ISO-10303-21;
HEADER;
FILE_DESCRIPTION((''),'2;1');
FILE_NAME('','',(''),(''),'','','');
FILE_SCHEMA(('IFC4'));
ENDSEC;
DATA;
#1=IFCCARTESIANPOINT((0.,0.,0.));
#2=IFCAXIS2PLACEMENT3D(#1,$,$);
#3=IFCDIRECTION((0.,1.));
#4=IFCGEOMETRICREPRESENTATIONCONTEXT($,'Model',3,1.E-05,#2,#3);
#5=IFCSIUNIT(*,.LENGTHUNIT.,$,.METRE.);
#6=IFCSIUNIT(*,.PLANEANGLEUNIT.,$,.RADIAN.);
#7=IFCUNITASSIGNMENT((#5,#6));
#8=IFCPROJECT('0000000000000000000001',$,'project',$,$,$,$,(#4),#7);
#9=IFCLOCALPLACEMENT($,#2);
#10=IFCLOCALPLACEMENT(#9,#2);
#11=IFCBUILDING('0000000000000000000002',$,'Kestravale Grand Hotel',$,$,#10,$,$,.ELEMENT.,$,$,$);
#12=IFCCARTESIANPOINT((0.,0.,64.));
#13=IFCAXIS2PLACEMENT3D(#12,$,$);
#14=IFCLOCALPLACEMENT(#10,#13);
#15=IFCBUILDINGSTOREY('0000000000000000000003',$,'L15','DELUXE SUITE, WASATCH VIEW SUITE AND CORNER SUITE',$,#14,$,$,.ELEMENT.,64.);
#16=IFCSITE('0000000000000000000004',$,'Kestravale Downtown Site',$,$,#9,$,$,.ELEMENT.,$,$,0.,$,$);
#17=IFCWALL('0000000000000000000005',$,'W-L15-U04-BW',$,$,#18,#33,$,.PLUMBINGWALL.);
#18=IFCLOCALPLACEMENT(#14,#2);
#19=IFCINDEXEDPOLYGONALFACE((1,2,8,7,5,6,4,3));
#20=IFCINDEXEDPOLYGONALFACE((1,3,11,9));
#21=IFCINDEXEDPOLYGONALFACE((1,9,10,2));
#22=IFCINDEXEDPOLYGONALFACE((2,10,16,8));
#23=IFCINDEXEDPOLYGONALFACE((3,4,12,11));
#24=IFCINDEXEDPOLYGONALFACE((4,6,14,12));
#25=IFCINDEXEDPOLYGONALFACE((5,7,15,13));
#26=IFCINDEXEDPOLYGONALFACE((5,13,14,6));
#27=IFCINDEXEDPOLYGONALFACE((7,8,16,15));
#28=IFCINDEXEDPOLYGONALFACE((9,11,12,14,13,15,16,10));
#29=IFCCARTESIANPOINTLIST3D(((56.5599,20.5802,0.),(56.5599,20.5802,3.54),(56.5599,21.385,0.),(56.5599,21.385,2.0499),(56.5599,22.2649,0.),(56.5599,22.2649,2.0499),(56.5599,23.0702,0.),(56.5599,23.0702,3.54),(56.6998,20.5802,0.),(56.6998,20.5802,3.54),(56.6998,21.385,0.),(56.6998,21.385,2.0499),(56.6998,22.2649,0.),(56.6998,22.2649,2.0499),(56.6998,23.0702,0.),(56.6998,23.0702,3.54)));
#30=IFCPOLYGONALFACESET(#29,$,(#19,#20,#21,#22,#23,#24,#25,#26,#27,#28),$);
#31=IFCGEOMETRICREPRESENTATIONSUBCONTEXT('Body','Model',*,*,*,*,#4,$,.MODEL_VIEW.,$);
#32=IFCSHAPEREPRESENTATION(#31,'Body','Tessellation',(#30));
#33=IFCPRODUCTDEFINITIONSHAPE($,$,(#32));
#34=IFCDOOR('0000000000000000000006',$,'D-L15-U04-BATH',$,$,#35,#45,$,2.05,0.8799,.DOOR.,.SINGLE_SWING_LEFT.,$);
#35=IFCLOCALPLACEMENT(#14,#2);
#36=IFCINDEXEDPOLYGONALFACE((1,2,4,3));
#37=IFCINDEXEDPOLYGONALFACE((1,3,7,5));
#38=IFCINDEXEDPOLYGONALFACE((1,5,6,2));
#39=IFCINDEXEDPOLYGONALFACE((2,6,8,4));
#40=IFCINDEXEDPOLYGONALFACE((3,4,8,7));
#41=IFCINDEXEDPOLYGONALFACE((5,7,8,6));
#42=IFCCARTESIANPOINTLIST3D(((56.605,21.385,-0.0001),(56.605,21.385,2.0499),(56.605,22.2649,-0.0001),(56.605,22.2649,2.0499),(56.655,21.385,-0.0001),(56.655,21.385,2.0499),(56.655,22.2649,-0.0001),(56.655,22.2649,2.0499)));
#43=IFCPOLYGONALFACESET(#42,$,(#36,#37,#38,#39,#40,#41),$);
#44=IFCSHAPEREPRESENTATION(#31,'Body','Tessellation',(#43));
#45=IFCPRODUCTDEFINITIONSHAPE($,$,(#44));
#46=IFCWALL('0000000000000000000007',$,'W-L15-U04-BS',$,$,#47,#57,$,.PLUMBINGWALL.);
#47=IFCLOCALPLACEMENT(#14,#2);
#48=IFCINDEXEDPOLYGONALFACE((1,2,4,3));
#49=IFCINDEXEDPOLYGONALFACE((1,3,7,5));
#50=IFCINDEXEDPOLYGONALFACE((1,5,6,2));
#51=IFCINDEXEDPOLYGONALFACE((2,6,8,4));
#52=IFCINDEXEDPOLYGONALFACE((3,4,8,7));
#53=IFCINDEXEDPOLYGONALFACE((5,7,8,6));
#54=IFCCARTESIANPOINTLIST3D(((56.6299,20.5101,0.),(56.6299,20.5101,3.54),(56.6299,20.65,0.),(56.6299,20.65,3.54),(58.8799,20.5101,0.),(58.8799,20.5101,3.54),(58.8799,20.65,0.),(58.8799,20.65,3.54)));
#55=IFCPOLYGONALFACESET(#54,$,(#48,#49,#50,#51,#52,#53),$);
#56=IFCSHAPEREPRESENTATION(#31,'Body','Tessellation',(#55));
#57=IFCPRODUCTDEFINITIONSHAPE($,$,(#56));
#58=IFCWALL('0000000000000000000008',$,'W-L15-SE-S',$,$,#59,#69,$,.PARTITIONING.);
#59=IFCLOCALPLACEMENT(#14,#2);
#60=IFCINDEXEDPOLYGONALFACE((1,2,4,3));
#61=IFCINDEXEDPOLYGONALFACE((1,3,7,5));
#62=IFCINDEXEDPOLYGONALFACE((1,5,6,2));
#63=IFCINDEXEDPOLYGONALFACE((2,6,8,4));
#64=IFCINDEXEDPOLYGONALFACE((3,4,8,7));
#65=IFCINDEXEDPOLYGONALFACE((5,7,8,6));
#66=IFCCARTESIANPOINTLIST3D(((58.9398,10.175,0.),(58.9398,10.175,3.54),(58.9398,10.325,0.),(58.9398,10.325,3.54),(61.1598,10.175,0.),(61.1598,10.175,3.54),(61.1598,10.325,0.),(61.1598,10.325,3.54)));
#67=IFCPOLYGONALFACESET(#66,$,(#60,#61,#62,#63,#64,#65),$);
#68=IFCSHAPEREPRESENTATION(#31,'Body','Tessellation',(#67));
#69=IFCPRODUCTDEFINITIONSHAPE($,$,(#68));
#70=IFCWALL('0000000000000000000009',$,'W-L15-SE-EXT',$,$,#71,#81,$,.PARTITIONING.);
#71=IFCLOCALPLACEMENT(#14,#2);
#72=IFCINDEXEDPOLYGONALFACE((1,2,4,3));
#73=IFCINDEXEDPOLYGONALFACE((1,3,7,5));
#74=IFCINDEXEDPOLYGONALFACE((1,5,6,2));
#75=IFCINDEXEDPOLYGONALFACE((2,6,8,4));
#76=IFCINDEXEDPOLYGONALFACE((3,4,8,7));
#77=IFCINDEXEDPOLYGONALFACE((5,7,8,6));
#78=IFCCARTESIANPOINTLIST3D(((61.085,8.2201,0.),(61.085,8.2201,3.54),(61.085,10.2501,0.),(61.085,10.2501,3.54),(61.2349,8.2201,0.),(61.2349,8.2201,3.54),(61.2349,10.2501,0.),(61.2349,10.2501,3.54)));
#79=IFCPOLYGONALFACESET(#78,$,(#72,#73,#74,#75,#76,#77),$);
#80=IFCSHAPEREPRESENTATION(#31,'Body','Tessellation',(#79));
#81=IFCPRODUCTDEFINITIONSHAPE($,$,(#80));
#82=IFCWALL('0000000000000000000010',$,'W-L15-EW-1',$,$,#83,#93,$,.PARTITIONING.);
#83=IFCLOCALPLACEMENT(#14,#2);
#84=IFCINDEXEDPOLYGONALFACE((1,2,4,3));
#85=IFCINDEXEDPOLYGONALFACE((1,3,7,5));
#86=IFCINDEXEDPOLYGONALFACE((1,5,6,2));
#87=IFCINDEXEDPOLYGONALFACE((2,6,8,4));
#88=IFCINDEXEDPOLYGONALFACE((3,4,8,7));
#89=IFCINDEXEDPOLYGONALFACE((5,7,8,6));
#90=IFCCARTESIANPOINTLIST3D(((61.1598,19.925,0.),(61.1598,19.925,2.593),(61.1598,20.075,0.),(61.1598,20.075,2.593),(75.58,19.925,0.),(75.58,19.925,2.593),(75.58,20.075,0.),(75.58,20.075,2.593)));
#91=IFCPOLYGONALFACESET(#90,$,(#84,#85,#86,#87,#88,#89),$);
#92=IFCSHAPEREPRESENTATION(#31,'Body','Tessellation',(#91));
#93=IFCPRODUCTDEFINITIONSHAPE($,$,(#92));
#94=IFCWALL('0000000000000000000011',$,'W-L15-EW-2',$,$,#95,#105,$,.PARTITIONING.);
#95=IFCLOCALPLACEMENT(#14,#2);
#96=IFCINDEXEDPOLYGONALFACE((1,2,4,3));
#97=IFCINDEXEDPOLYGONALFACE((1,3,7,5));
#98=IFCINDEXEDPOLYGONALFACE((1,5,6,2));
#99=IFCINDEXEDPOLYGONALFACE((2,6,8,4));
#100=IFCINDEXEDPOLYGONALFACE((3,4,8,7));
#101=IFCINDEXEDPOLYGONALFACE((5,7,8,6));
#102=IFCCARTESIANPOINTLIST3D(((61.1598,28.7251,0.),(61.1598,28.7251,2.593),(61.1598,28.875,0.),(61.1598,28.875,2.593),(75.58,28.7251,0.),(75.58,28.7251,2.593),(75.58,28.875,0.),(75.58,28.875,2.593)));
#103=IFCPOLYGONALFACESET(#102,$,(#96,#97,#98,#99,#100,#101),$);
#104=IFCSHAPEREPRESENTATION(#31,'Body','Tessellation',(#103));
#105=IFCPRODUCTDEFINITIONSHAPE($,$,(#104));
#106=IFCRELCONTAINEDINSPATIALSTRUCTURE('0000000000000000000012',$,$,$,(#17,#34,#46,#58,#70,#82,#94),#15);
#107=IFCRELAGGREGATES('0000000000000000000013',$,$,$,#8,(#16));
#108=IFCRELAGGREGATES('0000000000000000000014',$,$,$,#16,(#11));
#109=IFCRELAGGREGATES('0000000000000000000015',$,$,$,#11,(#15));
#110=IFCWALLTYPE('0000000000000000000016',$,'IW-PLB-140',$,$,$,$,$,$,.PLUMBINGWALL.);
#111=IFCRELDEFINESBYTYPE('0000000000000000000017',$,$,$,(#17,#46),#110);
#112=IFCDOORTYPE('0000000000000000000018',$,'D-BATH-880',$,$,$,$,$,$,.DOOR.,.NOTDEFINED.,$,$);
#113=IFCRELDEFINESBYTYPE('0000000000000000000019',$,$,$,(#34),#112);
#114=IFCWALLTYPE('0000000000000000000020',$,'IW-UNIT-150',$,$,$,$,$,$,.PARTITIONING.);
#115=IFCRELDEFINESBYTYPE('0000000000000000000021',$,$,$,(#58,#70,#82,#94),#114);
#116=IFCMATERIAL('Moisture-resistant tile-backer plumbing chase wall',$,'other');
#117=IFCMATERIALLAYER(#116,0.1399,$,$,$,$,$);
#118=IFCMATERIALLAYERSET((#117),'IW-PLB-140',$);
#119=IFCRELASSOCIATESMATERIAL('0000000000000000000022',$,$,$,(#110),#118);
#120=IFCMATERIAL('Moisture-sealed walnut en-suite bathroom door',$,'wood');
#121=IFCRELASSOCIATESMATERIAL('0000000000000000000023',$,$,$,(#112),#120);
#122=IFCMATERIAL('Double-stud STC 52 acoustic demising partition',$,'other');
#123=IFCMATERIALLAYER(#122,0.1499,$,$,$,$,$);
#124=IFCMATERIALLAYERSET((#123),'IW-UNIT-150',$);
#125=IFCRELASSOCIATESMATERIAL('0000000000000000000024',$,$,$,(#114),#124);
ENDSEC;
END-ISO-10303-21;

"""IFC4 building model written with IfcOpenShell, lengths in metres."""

from ifc_helpers import new_model, si_unit, direction, frame, frame_2d, origin, place, context, subcontext, project, spatial, rectangle, extrude, material, layer, layer_set, type_object, element, fill, save


model = new_model("IFC4")

# Units and contexts
model_context = context("Model", 3, precision=1e-05, world=origin(), true_north=direction((0.0, 1.0)))
body_context = subcontext(model_context, "Body", "Model", "MODEL_VIEW")
ifc_project = project(units=[si_unit("LENGTHUNIT", "METRE"), si_unit("PLANEANGLEUNIT", "RADIAN")], contexts=[model_context])

# Site, building, storey
site_placement = place(None, origin())
site = spatial("IfcSite", under=ifc_project, at=site_placement, Name="Kestravale Downtown Site", CompositionType="ELEMENT", RefElevation=0.0)
building_placement = place(site_placement, origin())
building = spatial("IfcBuilding", under=site, at=building_placement, Name="Kestravale Grand Hotel", CompositionType="ELEMENT")
storey_placement = place(building_placement, frame((0.0, 0.0, 64.0)))
storey = spatial("IfcBuildingStorey", under=building, at=storey_placement, Name="L15", Description="DELUXE SUITE, WASATCH VIEW SUITE AND CORNER SUITE", CompositionType="ELEMENT", Elevation=64.0)

# Wall, opening, door
ifc_material_1 = material(Name="Moisture-resistant tile-backer plumbing chase wall", Category="other")
ifc_layer_1 = layer(ifc_material_1, 0.1399)
ifc_layer_set_1 = layer_set([ifc_layer_1], Name="IW-PLB-140")
wall_type_1 = type_object("IfcWallType", Name="IW-PLB-140", PredefinedType="PLUMBINGWALL", material=ifc_layer_set_1)
wall_1_placement = place(storey_placement, frame((56.6299, 20.5801, 0.0), z_axis=(0.0, 0.0, 1.0), x_axis=(0.0, 1.0, 0.0)))
wall_1 = element("IfcWall", 1, at=wall_1_placement, inside=storey, type_object=wall_type_1, Name="W-L15-U04-BW", PredefinedType="PLUMBINGWALL", context=body_context, shape_type="SweptSolid", body=[
    extrude(rectangle(XDim=2.49, YDim=0.1399, at=frame_2d((1.2451, 0.0))), origin(), (0.0, 0.0, 1.0), 3.54),
])
opening_1_placement = place(wall_1_placement, frame((0.8049, 0.0, 0.0)))
opening_1 = element("IfcOpeningElement", 2, at=opening_1_placement, cuts=wall_1, PredefinedType="OPENING", context=body_context, shape_type="SweptSolid", body=[
    extrude(rectangle(XDim=0.8799, YDim=2.05, at=frame_2d((0.4399, 1.0249))), frame((0.0, 0.0798, 0.0), z_axis=(0.0, -1.0, 0.0), x_axis=(1.0, 0.0, 0.0)), (0.0, 0.0, 1.0), 0.1599),
])
ifc_material_2 = material(Name="Moisture-sealed walnut en-suite bathroom door", Category="wood")
door_type_1 = type_object("IfcDoorType", Name="D-BATH-880", OperationType="NOTDEFINED", PredefinedType="DOOR", material=ifc_material_2)
door_1_placement = place(opening_1_placement, origin())
door_1 = element("IfcDoor", 3, at=door_1_placement, inside=storey, type_object=door_type_1, Name="D-L15-U04-BATH", OperationType="SINGLE_SWING_LEFT", OverallHeight=2.05, OverallWidth=0.8799, PredefinedType="DOOR", context=body_context, shape_type="SweptSolid", body=[
    extrude(rectangle(XDim=0.8799, YDim=2.05, at=frame_2d((0.4399, 1.0249))), frame((0.0, 0.0249, 0.0), z_axis=(0.0, -1.0, 0.0), x_axis=(1.0, 0.0, 0.0)), (0.0, 0.0, 1.0), 0.05),
])
fill(opening_1, door_1)

# Walls
wall_2_placement = place(storey_placement, frame((56.6299, 20.5801, 0.0), z_axis=(0.0, 0.0, 1.0), x_axis=(1.0, 0.0, 0.0)))
element("IfcWall", 4, at=wall_2_placement, inside=storey, type_object=wall_type_1, Name="W-L15-U04-BS", PredefinedType="PLUMBINGWALL", context=body_context, shape_type="SweptSolid", body=[
    extrude(rectangle(XDim=2.25, YDim=0.1399, at=frame_2d((1.125, 0.0))), origin(), (0.0, 0.0, 1.0), 3.54),
])
ifc_material_3 = material(Name="Double-stud STC 52 acoustic demising partition", Category="other")
ifc_layer_2 = layer(ifc_material_3, 0.1499)
ifc_layer_set_2 = layer_set([ifc_layer_2], Name="IW-UNIT-150")
wall_type_2 = type_object("IfcWallType", Name="IW-UNIT-150", PredefinedType="PARTITIONING", material=ifc_layer_set_2)
wall_3_placement = place(storey_placement, frame((58.9399, 10.25, 0.0), z_axis=(0.0, 0.0, 1.0), x_axis=(1.0, 0.0, 0.0)))
element("IfcWall", 5, at=wall_3_placement, inside=storey, type_object=wall_type_2, Name="W-L15-SE-S", PredefinedType="PARTITIONING", context=body_context, shape_type="SweptSolid", body=[
    extrude(rectangle(XDim=2.22, YDim=0.1499, at=frame_2d((1.1099, 0.0))), origin(), (0.0, 0.0, 1.0), 3.54),
])
wall_4_placement = place(storey_placement, frame((61.1599, 8.22, 0.0), z_axis=(0.0, 0.0, 1.0), x_axis=(0.0, 1.0, 0.0)))
element("IfcWall", 6, at=wall_4_placement, inside=storey, type_object=wall_type_2, Name="W-L15-SE-EXT", PredefinedType="PARTITIONING", context=body_context, shape_type="SweptSolid", body=[
    extrude(rectangle(XDim=2.03, YDim=0.1499, at=frame_2d((1.0151, 0.0))), origin(), (0.0, 0.0, 1.0), 3.54),
])
for number, where, z_axis, x_axis, name in (
    (7, (61.1599, 20.0, 0.0), (0.0, 0.0, 1.0), (1.0, 0.0, 0.0), "W-L15-EW-1"),
    (8, (61.1599, 28.8, 0.0), (0.0, 0.0, 1.0), (1.0, 0.0, 0.0), "W-L15-EW-2"),
):
    element("IfcWall", number, at=place(storey_placement, frame(where, z_axis=z_axis, x_axis=x_axis)), inside=storey, type_object=wall_type_2, Name=name, PredefinedType="PARTITIONING", context=body_context, shape_type="SweptSolid", body=[
        extrude(rectangle(XDim=14.4202, YDim=0.1499, at=frame_2d((7.21, 0.0))), origin(), (0.0, 0.0, 1.0), 2.593),
    ])

save(model, "model.ifc")
